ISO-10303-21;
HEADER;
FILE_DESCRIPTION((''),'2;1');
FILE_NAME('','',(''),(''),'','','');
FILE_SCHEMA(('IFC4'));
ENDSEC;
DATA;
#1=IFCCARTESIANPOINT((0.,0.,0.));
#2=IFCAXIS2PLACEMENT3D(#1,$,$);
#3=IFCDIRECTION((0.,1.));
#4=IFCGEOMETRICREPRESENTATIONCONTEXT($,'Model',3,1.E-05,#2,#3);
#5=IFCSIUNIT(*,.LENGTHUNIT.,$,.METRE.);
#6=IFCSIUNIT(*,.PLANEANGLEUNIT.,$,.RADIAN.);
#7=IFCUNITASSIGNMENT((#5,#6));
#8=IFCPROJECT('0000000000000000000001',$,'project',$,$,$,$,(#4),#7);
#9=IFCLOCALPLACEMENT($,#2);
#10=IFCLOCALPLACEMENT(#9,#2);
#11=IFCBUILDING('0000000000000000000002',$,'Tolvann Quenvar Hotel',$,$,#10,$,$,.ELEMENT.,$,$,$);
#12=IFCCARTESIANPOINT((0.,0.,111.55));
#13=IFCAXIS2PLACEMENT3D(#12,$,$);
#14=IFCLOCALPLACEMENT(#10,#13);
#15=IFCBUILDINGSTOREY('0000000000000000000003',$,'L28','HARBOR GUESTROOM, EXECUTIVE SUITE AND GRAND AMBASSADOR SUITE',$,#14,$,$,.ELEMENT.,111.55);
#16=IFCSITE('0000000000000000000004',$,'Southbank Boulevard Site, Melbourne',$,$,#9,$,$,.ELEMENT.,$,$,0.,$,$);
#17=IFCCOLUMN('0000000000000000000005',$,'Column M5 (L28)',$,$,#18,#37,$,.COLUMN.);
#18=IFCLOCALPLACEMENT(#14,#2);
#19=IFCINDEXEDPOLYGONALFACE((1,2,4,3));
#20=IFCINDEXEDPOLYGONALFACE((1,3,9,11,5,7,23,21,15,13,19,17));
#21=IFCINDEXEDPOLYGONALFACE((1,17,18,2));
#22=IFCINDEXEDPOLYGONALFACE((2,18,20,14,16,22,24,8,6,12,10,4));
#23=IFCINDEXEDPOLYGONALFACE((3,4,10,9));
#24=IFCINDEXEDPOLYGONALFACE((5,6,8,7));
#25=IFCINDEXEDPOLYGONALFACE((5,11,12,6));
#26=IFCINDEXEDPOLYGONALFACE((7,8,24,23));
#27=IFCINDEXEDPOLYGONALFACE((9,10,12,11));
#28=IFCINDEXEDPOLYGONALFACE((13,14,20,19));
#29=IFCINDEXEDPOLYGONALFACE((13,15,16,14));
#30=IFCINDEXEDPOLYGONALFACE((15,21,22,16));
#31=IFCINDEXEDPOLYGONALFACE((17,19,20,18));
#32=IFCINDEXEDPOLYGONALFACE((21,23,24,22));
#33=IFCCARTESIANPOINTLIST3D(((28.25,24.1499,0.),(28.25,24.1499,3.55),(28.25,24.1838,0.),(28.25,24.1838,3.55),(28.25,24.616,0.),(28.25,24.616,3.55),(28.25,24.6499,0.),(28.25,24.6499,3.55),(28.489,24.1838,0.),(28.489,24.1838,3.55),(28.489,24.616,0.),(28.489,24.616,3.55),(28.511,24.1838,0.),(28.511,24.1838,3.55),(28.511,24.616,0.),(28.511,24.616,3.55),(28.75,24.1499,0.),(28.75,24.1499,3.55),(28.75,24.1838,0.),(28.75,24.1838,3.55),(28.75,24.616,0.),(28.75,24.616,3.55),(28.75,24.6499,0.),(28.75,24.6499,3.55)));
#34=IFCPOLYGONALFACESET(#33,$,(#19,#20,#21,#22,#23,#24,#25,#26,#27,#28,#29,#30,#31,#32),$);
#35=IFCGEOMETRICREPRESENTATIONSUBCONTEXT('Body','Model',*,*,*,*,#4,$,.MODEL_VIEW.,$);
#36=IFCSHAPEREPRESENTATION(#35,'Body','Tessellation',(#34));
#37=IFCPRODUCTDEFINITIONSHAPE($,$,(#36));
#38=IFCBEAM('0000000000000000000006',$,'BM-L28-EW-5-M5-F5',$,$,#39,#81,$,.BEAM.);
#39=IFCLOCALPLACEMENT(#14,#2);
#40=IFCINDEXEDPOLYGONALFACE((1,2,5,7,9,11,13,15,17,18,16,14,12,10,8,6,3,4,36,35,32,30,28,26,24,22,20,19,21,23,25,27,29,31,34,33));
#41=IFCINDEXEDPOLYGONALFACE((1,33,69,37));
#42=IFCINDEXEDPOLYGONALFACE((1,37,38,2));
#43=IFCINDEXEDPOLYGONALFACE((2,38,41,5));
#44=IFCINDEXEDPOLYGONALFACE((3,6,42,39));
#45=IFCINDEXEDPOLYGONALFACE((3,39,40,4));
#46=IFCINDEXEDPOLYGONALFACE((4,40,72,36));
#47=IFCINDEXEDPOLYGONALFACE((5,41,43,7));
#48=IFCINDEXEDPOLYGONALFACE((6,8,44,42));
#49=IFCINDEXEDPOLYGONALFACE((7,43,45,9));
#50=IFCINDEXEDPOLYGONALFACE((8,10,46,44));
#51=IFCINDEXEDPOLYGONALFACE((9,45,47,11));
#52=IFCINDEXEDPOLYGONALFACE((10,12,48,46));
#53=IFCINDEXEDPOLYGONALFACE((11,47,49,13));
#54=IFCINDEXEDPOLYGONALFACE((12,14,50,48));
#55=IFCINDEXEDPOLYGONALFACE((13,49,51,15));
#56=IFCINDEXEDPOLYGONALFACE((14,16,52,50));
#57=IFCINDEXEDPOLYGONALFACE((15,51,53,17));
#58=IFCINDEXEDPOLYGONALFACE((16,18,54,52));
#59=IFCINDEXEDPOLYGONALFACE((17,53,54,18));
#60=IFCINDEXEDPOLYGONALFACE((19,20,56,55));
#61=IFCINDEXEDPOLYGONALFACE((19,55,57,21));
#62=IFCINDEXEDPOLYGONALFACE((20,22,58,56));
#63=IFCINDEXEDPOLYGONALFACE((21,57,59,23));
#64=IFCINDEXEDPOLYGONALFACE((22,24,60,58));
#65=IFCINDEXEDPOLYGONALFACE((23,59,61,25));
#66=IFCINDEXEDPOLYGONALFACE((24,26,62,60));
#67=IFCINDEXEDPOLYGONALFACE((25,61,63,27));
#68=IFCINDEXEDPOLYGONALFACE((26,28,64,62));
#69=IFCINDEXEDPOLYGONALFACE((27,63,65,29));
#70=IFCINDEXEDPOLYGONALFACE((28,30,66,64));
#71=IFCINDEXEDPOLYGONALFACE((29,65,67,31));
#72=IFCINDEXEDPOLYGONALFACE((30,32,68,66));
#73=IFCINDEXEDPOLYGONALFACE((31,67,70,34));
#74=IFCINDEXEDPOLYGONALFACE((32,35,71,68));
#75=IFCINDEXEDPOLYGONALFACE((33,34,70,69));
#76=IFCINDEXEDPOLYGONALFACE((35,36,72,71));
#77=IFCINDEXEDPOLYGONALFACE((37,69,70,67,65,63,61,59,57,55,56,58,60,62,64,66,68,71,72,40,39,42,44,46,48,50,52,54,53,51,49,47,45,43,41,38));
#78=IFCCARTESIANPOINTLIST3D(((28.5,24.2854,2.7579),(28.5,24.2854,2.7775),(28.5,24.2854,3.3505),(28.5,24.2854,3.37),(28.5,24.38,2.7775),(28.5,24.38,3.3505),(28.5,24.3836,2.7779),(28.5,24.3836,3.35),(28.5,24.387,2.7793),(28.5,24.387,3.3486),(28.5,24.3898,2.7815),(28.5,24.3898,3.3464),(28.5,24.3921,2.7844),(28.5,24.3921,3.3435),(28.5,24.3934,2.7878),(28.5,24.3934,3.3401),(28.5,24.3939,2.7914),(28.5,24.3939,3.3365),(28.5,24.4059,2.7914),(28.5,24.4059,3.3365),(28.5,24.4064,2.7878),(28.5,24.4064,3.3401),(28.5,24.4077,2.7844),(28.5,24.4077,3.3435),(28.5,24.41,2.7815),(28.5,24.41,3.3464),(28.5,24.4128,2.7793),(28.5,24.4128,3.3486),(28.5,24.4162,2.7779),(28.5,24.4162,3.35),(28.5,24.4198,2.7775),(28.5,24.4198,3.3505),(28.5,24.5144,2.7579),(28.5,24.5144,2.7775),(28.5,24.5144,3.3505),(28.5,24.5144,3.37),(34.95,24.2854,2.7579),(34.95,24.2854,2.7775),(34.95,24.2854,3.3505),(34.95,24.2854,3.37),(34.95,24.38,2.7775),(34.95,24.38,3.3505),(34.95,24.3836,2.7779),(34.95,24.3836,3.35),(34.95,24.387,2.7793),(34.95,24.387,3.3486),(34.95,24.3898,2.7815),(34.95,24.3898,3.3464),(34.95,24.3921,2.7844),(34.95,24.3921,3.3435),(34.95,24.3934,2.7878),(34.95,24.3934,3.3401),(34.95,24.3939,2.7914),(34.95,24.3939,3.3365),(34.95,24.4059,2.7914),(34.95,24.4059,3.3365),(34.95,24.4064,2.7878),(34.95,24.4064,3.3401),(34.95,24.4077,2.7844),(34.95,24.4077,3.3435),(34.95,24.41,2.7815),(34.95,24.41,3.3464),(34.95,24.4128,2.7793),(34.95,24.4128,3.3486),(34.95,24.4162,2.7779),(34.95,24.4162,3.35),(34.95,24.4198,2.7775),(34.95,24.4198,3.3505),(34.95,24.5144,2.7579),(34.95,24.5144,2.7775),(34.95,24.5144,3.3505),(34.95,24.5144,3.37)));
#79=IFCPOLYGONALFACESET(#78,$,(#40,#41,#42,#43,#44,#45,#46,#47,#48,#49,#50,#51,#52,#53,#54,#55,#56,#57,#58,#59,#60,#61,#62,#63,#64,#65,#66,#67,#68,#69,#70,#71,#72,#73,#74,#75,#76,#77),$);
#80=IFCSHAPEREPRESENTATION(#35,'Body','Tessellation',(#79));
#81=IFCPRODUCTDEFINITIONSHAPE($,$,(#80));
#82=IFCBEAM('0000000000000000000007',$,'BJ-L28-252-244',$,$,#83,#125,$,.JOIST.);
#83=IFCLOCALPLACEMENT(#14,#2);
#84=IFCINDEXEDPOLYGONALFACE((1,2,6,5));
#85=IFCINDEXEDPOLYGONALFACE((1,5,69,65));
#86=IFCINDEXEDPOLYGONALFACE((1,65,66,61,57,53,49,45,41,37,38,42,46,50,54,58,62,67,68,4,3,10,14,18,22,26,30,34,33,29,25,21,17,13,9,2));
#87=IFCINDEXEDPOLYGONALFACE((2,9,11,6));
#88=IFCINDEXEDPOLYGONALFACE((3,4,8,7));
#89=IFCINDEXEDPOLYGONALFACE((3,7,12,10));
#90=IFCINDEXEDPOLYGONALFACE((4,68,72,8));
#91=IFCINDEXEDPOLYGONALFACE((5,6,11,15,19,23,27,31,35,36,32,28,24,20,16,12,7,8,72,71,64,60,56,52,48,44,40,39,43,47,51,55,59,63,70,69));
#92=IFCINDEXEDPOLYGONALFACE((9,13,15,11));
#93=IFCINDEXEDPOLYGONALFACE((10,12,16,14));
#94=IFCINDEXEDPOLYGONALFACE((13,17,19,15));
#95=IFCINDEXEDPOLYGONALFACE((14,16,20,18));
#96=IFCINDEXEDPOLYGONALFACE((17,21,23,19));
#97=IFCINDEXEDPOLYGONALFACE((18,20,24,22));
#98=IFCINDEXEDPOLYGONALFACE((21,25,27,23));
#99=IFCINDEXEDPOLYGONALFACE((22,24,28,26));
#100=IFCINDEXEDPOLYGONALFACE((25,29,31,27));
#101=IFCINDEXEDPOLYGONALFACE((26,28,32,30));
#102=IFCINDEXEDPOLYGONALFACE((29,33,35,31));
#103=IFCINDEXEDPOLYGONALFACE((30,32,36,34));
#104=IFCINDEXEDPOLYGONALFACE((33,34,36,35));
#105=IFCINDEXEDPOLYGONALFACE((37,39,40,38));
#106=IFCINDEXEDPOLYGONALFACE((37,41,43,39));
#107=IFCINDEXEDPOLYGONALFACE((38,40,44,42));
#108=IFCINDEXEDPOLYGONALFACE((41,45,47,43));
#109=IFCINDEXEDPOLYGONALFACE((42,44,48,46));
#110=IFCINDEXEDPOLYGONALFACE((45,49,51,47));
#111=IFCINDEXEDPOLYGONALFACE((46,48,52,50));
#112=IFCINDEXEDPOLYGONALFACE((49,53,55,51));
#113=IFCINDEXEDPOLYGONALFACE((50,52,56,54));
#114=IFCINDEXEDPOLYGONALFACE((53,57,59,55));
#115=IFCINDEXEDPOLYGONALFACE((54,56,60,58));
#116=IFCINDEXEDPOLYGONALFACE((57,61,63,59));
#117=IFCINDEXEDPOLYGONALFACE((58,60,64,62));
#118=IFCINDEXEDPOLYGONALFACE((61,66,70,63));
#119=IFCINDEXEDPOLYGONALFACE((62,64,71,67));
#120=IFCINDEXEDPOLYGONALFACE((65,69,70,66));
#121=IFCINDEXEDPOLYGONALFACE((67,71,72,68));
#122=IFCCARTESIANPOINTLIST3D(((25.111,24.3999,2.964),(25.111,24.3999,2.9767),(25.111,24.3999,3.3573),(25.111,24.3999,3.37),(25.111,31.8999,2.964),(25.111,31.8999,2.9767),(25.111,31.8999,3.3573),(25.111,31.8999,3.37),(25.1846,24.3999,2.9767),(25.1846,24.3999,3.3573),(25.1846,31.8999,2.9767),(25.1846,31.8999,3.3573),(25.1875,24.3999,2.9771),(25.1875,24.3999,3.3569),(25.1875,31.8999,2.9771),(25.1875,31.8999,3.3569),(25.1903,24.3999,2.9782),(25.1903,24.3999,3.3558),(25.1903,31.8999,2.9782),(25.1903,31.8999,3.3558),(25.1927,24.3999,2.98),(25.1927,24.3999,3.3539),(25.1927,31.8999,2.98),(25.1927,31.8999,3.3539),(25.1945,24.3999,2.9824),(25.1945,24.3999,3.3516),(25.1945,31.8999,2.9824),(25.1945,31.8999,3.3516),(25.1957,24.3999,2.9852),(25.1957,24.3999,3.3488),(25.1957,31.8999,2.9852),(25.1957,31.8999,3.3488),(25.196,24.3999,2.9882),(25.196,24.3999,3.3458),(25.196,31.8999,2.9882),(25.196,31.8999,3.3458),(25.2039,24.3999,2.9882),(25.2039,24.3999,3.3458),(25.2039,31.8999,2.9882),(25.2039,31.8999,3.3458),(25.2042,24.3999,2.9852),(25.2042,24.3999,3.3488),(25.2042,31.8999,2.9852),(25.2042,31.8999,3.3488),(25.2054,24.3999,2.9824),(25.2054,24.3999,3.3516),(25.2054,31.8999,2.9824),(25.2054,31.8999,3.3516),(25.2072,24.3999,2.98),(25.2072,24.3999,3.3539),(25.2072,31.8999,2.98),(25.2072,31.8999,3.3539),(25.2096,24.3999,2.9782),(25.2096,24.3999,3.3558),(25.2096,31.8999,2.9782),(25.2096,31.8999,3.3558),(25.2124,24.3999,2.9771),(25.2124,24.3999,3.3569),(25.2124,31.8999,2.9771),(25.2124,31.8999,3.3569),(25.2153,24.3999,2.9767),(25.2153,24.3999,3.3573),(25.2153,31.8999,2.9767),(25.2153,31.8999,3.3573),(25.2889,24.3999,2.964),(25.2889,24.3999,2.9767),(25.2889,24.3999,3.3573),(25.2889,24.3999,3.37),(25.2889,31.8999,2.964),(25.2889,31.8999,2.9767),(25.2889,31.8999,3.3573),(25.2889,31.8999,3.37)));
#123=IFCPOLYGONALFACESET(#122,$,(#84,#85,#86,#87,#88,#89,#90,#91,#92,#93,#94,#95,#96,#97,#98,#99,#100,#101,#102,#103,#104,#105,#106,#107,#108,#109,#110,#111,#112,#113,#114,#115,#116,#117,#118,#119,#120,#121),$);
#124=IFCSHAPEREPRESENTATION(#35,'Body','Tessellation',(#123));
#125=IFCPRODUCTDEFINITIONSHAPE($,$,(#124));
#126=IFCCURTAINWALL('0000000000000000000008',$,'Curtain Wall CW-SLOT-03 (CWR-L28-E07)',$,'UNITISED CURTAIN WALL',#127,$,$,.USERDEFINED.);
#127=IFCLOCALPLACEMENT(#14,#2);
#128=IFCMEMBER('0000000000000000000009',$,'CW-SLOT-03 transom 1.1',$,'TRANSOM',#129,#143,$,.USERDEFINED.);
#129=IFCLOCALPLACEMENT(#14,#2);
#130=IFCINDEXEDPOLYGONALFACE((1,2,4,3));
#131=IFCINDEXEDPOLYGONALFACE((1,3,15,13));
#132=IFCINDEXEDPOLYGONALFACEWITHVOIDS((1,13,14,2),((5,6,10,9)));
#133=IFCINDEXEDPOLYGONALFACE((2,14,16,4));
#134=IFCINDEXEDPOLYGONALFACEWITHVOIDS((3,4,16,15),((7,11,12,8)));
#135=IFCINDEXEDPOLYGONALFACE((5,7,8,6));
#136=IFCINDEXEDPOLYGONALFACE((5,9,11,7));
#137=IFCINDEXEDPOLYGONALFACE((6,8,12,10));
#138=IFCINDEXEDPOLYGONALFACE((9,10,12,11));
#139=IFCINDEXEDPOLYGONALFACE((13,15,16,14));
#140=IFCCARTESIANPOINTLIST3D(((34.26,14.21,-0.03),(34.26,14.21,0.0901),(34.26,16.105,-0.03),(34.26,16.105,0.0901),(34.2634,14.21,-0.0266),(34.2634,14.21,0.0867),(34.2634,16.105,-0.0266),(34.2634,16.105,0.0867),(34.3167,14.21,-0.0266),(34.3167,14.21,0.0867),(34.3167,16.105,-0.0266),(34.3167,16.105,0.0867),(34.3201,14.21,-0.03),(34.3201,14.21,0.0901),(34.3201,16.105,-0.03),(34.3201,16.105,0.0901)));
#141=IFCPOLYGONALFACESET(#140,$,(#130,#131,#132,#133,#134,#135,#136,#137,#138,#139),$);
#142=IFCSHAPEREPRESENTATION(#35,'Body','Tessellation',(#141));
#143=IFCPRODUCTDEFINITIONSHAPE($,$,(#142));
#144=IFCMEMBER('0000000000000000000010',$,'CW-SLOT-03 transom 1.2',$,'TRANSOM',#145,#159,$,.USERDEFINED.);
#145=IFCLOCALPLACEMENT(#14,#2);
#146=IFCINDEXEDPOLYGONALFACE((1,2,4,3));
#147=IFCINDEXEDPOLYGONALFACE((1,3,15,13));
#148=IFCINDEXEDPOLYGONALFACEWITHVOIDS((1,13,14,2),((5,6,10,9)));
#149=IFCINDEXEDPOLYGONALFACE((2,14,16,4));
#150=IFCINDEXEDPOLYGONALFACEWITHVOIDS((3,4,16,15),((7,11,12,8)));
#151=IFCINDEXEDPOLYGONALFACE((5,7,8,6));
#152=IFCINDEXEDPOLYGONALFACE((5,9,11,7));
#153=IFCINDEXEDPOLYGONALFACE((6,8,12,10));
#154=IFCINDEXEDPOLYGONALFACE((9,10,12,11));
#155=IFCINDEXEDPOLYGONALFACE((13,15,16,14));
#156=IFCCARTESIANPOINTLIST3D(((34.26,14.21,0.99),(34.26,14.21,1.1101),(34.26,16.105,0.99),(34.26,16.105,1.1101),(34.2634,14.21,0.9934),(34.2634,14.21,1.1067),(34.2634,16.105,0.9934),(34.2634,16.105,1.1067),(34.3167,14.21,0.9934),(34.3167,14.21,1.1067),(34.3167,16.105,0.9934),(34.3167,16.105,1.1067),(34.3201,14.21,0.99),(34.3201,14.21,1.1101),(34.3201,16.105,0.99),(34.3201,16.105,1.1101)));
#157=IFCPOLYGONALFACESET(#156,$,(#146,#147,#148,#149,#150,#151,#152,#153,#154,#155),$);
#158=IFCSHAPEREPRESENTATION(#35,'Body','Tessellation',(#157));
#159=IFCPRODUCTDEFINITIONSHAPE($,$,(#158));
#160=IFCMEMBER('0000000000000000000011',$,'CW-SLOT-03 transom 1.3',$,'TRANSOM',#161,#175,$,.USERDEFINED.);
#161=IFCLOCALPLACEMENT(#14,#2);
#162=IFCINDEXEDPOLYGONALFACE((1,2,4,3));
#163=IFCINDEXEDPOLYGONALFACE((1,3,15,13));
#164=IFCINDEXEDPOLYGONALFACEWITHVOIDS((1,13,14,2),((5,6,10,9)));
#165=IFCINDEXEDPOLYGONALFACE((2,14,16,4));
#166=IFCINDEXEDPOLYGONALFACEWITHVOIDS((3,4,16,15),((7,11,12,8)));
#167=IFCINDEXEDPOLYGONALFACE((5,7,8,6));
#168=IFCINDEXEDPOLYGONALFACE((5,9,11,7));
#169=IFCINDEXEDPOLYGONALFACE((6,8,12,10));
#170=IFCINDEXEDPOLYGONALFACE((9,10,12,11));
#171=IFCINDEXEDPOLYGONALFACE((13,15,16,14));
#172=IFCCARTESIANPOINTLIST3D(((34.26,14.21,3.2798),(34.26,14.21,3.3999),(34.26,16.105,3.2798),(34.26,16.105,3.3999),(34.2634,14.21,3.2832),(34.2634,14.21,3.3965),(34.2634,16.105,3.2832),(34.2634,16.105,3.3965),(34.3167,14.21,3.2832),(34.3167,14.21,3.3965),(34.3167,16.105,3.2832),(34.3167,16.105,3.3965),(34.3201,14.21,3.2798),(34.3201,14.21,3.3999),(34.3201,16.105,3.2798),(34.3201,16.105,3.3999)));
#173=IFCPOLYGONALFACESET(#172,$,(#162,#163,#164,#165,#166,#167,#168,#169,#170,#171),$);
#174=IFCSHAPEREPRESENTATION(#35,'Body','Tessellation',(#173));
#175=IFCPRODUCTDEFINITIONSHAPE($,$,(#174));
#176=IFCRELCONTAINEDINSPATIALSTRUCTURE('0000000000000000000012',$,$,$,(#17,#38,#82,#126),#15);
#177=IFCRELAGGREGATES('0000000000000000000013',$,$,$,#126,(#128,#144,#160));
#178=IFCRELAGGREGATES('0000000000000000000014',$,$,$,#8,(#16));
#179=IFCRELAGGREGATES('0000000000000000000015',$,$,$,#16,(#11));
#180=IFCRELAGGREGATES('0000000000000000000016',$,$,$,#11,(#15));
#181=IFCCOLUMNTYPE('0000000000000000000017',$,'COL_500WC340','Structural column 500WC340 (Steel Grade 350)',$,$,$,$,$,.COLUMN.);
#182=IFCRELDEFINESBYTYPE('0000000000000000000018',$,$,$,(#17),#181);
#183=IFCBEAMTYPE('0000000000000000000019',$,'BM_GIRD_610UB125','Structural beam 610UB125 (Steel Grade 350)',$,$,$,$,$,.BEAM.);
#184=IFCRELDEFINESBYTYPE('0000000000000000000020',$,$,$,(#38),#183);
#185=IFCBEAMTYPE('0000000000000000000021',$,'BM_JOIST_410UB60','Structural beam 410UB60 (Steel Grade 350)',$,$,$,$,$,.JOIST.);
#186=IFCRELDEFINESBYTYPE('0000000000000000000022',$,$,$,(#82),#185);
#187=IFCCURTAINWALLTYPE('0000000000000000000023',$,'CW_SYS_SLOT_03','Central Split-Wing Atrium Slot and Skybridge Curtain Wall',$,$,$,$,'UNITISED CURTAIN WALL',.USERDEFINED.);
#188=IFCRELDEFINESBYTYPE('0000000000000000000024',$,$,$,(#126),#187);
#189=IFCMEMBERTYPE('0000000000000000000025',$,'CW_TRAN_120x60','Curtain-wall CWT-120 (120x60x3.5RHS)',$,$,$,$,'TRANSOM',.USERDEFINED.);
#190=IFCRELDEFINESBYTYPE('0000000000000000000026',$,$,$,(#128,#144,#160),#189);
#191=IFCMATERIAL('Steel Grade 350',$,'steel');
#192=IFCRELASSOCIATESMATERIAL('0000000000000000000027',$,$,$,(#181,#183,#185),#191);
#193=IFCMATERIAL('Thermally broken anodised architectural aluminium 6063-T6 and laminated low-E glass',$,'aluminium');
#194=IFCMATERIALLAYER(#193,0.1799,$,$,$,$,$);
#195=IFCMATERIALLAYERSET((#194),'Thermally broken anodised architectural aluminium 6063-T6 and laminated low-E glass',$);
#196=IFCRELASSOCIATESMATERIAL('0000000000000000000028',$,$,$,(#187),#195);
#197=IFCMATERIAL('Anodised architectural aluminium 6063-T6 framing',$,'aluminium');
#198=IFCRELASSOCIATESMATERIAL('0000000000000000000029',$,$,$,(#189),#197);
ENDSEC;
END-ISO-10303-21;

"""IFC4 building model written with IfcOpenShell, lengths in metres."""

from ifc_helpers import new_model, si_unit, direction, frame, origin, origin_2d, place, context, subcontext, project, spatial, hollow_rectangle, i_section, extrude, source, transform, mapped, material, layer, layer_set, material_profile, profile_set, type_object, type_shapes, element, aggregate, save


model = new_model("IFC4")

# Units and contexts
model_context = context("Model", 3, precision=1e-05, world=origin(), true_north=direction((0.0, 1.0)))
body_context = subcontext(model_context, "Body", "Model", "MODEL_VIEW")
ifc_project = project(units=[si_unit("LENGTHUNIT", "METRE"), si_unit("PLANEANGLEUNIT", "RADIAN")], contexts=[model_context])

# Site, building, storey
site_placement = place(None, origin())
site = spatial("IfcSite", under=ifc_project, at=site_placement, Name="Southbank Boulevard Site, Melbourne", CompositionType="ELEMENT", RefElevation=0.0)
building_placement = place(site_placement, origin())
building = spatial("IfcBuilding", under=site, at=building_placement, Name="Tolvann Quenvar Hotel", CompositionType="ELEMENT")
storey_placement = place(building_placement, frame((0.0, 0.0, 111.55)))
storey = spatial("IfcBuildingStorey", under=building, at=storey_placement, Name="L28", Description="HARBOR GUESTROOM, EXECUTIVE SUITE AND GRAND AMBASSADOR SUITE", CompositionType="ELEMENT", Elevation=111.55)

# Column
ifc_material_1 = material(Name="Steel Grade 350", Category="steel")
ifc_material_profile_1 = material_profile(ifc_material_1, i_section(OverallWidth=0.5, OverallDepth=0.5, WebThickness=0.022, FlangeThickness=0.0339, at=origin_2d()), Name="500WC340")
ifc_profile_set_1 = profile_set([ifc_material_profile_1], Name="Steel Grade 350")
column_type = type_object("IfcColumnType", Name="COL_500WC340", Description="Structural column 500WC340 (Steel Grade 350)", PredefinedType="COLUMN", material=ifc_profile_set_1)
shared_shape_1 = source(origin(), body_context, "Body", "SweptSolid", [
    extrude(i_section(OverallWidth=0.5, OverallDepth=0.5, WebThickness=0.022, FlangeThickness=0.0339, at=origin_2d()), origin(), (0.0, 0.0, 1.0), 3.55),
])
type_shapes(column_type, [shared_shape_1])
column_placement = place(storey_placement, frame((28.5, 24.3999, 0.0), z_axis=(0.0, 0.0, 1.0), x_axis=(1.0, 0.0, 0.0)))
element("IfcColumn", 1, at=column_placement, inside=storey, type_object=column_type, Name="Column M5 (L28)", PredefinedType="COLUMN", context=body_context, shape_type="MappedRepresentation", body=[
    mapped(shared_shape_1, transform((0.0, 0.0, 0.0), x_axis=(1.0, 0.0, 0.0), y_axis=(0.0, 1.0, 0.0), z_axis=(0.0, 0.0, 1.0), scale=1.0)),
])

# Beams
ifc_material_profile_2 = material_profile(ifc_material_1, i_section(OverallWidth=0.229, OverallDepth=0.6121, WebThickness=0.012, FlangeThickness=0.0195, FilletRadius=0.0139, at=origin_2d()), Name="610UB125")
ifc_profile_set_2 = profile_set([ifc_material_profile_2], Name="Steel Grade 350")
beam_type_1 = type_object("IfcBeamType", Name="BM_GIRD_610UB125", Description="Structural beam 610UB125 (Steel Grade 350)", PredefinedType="BEAM", material=ifc_profile_set_2)
shared_shape_2 = source(origin(), body_context, "Body", "SweptSolid", [
    extrude(i_section(OverallWidth=0.229, OverallDepth=0.6121, WebThickness=0.012, FlangeThickness=0.0195, FilletRadius=0.0139, at=origin_2d()), origin(), (0.0, 0.0, 1.0), 6.45),
])
type_shapes(beam_type_1, [shared_shape_2])
beam_1_placement = place(storey_placement, frame((28.5, 24.3999, 3.064), z_axis=(1.0, 0.0, 0.0), x_axis=(0.0, 1.0, 0.0)))
element("IfcBeam", 2, at=beam_1_placement, inside=storey, type_object=beam_type_1, Name="BM-L28-EW-5-M5-F5", PredefinedType="BEAM", context=body_context, shape_type="MappedRepresentation", body=[
    mapped(shared_shape_2, transform((0.0, 0.0, 0.0), x_axis=(1.0, 0.0, 0.0), y_axis=(0.0, 1.0, 0.0), z_axis=(0.0, 0.0, 1.0), scale=1.0)),
])
ifc_material_profile_3 = material_profile(ifc_material_1, i_section(OverallWidth=0.178, OverallDepth=0.406, WebThickness=0.0078, FlangeThickness=0.0127, FilletRadius=0.0115, at=origin_2d()), Name="410UB60")
ifc_profile_set_3 = profile_set([ifc_material_profile_3], Name="Steel Grade 350")
beam_type_2 = type_object("IfcBeamType", Name="BM_JOIST_410UB60", Description="Structural beam 410UB60 (Steel Grade 350)", PredefinedType="JOIST", material=ifc_profile_set_3)
shared_shape_3 = source(origin(), body_context, "Body", "SweptSolid", [
    extrude(i_section(OverallWidth=0.178, OverallDepth=0.406, WebThickness=0.0078, FlangeThickness=0.0127, FilletRadius=0.0115, at=origin_2d()), origin(), (0.0, 0.0, 1.0), 7.5),
])
type_shapes(beam_type_2, [shared_shape_3])
beam_2_placement = place(storey_placement, frame((25.2, 24.3999, 3.167), z_axis=(0.0, 1.0, 0.0), x_axis=(-1.0, 0.0, 0.0)))
element("IfcBeam", 3, at=beam_2_placement, inside=storey, type_object=beam_type_2, Name="BJ-L28-252-244", PredefinedType="JOIST", context=body_context, shape_type="MappedRepresentation", body=[
    mapped(shared_shape_3, transform((0.0, 0.0, 0.0), x_axis=(1.0, 0.0, 0.0), y_axis=(0.0, 1.0, 0.0), z_axis=(0.0, 0.0, 1.0), scale=1.0)),
])

# Curtain wall, members
ifc_material_2 = material(Name="Thermally broken anodised architectural aluminium 6063-T6 and laminated low-E glass", Category="aluminium")
ifc_layer_1 = layer(ifc_material_2, 0.1799)
ifc_layer_set_1 = layer_set([ifc_layer_1], Name="Thermally broken anodised architectural aluminium 6063-T6 and laminated low-E glass")
curtain_wall_type = type_object("IfcCurtainWallType", Name="CW_SYS_SLOT_03", Description="Central Split-Wing Atrium Slot and Skybridge Curtain Wall", ElementType="UNITISED CURTAIN WALL", PredefinedType="USERDEFINED", material=ifc_layer_set_1)
curtain_wall_placement = place(storey_placement, origin())
curtain_wall = element("IfcCurtainWall", 4, at=curtain_wall_placement, inside=storey, type_object=curtain_wall_type, Name="Curtain Wall CW-SLOT-03 (CWR-L28-E07)", ObjectType="UNITISED CURTAIN WALL", PredefinedType="USERDEFINED")
ifc_material_3 = material(Name="Anodised architectural aluminium 6063-T6 framing", Category="aluminium")
ifc_material_profile_4 = material_profile(ifc_material_3, hollow_rectangle(XDim=0.0601, YDim=0.1201, WallThickness=0.0034, at=origin_2d()), Name="120x60x3.5RHS")
ifc_profile_set_4 = profile_set([ifc_material_profile_4], Name="Anodised architectural aluminium 6063-T6 framing")
member_type_1 = type_object("IfcMemberType", Name="CW_TRAN_120x60", Description="Curtain-wall CWT-120 (120x60x3.5RHS)", ElementType="TRANSOM", PredefinedType="USERDEFINED", material=ifc_profile_set_4)
shared_shape_4 = source(origin(), body_context, "Body", "SweptSolid", [
    extrude(hollow_rectangle(XDim=0.0601, YDim=0.1201, WallThickness=0.0034, at=origin_2d()), origin(), (0.0, 0.0, 1.0), 1.895),
])
type_shapes(member_type_1, [shared_shape_4])
member_1_placement = place(storey_placement, frame((34.29, 16.105, 0.03), z_axis=(0.0, -1.0, 0.0), x_axis=(1.0, 0.0, 0.0)))
member_1 = element("IfcMember", 5, at=member_1_placement, type_object=member_type_1, Name="CW-SLOT-03 transom 1.1", ObjectType="TRANSOM", PredefinedType="USERDEFINED", context=body_context, shape_type="MappedRepresentation", body=[
    mapped(shared_shape_4, transform((0.0, 0.0, 0.0), x_axis=(1.0, 0.0, 0.0), y_axis=(0.0, 1.0, 0.0), z_axis=(0.0, 0.0, 1.0), scale=1.0)),
])
member_2_placement = place(storey_placement, frame((34.29, 16.105, 1.05), z_axis=(0.0, -1.0, 0.0), x_axis=(1.0, 0.0, 0.0)))
member_2 = element("IfcMember", 6, at=member_2_placement, type_object=member_type_1, Name="CW-SLOT-03 transom 1.2", ObjectType="TRANSOM", PredefinedType="USERDEFINED", context=body_context, shape_type="MappedRepresentation", body=[
    mapped(shared_shape_4, transform((0.0, 0.0, 0.0), x_axis=(1.0, 0.0, 0.0), y_axis=(0.0, 1.0, 0.0), z_axis=(0.0, 0.0, 1.0), scale=1.0)),
])
member_3_placement = place(storey_placement, frame((34.29, 16.105, 3.3398), z_axis=(0.0, -1.0, 0.0), x_axis=(1.0, 0.0, 0.0)))
member_3 = element("IfcMember", 7, at=member_3_placement, type_object=member_type_1, Name="CW-SLOT-03 transom 1.3", ObjectType="TRANSOM", PredefinedType="USERDEFINED", context=body_context, shape_type="MappedRepresentation", body=[
    mapped(shared_shape_4, transform((0.0, 0.0, 0.0), x_axis=(1.0, 0.0, 0.0), y_axis=(0.0, 1.0, 0.0), z_axis=(0.0, 0.0, 1.0), scale=1.0)),
])
aggregate(curtain_wall, [member_1, member_2, member_3])

save(model, "model.ifc")
